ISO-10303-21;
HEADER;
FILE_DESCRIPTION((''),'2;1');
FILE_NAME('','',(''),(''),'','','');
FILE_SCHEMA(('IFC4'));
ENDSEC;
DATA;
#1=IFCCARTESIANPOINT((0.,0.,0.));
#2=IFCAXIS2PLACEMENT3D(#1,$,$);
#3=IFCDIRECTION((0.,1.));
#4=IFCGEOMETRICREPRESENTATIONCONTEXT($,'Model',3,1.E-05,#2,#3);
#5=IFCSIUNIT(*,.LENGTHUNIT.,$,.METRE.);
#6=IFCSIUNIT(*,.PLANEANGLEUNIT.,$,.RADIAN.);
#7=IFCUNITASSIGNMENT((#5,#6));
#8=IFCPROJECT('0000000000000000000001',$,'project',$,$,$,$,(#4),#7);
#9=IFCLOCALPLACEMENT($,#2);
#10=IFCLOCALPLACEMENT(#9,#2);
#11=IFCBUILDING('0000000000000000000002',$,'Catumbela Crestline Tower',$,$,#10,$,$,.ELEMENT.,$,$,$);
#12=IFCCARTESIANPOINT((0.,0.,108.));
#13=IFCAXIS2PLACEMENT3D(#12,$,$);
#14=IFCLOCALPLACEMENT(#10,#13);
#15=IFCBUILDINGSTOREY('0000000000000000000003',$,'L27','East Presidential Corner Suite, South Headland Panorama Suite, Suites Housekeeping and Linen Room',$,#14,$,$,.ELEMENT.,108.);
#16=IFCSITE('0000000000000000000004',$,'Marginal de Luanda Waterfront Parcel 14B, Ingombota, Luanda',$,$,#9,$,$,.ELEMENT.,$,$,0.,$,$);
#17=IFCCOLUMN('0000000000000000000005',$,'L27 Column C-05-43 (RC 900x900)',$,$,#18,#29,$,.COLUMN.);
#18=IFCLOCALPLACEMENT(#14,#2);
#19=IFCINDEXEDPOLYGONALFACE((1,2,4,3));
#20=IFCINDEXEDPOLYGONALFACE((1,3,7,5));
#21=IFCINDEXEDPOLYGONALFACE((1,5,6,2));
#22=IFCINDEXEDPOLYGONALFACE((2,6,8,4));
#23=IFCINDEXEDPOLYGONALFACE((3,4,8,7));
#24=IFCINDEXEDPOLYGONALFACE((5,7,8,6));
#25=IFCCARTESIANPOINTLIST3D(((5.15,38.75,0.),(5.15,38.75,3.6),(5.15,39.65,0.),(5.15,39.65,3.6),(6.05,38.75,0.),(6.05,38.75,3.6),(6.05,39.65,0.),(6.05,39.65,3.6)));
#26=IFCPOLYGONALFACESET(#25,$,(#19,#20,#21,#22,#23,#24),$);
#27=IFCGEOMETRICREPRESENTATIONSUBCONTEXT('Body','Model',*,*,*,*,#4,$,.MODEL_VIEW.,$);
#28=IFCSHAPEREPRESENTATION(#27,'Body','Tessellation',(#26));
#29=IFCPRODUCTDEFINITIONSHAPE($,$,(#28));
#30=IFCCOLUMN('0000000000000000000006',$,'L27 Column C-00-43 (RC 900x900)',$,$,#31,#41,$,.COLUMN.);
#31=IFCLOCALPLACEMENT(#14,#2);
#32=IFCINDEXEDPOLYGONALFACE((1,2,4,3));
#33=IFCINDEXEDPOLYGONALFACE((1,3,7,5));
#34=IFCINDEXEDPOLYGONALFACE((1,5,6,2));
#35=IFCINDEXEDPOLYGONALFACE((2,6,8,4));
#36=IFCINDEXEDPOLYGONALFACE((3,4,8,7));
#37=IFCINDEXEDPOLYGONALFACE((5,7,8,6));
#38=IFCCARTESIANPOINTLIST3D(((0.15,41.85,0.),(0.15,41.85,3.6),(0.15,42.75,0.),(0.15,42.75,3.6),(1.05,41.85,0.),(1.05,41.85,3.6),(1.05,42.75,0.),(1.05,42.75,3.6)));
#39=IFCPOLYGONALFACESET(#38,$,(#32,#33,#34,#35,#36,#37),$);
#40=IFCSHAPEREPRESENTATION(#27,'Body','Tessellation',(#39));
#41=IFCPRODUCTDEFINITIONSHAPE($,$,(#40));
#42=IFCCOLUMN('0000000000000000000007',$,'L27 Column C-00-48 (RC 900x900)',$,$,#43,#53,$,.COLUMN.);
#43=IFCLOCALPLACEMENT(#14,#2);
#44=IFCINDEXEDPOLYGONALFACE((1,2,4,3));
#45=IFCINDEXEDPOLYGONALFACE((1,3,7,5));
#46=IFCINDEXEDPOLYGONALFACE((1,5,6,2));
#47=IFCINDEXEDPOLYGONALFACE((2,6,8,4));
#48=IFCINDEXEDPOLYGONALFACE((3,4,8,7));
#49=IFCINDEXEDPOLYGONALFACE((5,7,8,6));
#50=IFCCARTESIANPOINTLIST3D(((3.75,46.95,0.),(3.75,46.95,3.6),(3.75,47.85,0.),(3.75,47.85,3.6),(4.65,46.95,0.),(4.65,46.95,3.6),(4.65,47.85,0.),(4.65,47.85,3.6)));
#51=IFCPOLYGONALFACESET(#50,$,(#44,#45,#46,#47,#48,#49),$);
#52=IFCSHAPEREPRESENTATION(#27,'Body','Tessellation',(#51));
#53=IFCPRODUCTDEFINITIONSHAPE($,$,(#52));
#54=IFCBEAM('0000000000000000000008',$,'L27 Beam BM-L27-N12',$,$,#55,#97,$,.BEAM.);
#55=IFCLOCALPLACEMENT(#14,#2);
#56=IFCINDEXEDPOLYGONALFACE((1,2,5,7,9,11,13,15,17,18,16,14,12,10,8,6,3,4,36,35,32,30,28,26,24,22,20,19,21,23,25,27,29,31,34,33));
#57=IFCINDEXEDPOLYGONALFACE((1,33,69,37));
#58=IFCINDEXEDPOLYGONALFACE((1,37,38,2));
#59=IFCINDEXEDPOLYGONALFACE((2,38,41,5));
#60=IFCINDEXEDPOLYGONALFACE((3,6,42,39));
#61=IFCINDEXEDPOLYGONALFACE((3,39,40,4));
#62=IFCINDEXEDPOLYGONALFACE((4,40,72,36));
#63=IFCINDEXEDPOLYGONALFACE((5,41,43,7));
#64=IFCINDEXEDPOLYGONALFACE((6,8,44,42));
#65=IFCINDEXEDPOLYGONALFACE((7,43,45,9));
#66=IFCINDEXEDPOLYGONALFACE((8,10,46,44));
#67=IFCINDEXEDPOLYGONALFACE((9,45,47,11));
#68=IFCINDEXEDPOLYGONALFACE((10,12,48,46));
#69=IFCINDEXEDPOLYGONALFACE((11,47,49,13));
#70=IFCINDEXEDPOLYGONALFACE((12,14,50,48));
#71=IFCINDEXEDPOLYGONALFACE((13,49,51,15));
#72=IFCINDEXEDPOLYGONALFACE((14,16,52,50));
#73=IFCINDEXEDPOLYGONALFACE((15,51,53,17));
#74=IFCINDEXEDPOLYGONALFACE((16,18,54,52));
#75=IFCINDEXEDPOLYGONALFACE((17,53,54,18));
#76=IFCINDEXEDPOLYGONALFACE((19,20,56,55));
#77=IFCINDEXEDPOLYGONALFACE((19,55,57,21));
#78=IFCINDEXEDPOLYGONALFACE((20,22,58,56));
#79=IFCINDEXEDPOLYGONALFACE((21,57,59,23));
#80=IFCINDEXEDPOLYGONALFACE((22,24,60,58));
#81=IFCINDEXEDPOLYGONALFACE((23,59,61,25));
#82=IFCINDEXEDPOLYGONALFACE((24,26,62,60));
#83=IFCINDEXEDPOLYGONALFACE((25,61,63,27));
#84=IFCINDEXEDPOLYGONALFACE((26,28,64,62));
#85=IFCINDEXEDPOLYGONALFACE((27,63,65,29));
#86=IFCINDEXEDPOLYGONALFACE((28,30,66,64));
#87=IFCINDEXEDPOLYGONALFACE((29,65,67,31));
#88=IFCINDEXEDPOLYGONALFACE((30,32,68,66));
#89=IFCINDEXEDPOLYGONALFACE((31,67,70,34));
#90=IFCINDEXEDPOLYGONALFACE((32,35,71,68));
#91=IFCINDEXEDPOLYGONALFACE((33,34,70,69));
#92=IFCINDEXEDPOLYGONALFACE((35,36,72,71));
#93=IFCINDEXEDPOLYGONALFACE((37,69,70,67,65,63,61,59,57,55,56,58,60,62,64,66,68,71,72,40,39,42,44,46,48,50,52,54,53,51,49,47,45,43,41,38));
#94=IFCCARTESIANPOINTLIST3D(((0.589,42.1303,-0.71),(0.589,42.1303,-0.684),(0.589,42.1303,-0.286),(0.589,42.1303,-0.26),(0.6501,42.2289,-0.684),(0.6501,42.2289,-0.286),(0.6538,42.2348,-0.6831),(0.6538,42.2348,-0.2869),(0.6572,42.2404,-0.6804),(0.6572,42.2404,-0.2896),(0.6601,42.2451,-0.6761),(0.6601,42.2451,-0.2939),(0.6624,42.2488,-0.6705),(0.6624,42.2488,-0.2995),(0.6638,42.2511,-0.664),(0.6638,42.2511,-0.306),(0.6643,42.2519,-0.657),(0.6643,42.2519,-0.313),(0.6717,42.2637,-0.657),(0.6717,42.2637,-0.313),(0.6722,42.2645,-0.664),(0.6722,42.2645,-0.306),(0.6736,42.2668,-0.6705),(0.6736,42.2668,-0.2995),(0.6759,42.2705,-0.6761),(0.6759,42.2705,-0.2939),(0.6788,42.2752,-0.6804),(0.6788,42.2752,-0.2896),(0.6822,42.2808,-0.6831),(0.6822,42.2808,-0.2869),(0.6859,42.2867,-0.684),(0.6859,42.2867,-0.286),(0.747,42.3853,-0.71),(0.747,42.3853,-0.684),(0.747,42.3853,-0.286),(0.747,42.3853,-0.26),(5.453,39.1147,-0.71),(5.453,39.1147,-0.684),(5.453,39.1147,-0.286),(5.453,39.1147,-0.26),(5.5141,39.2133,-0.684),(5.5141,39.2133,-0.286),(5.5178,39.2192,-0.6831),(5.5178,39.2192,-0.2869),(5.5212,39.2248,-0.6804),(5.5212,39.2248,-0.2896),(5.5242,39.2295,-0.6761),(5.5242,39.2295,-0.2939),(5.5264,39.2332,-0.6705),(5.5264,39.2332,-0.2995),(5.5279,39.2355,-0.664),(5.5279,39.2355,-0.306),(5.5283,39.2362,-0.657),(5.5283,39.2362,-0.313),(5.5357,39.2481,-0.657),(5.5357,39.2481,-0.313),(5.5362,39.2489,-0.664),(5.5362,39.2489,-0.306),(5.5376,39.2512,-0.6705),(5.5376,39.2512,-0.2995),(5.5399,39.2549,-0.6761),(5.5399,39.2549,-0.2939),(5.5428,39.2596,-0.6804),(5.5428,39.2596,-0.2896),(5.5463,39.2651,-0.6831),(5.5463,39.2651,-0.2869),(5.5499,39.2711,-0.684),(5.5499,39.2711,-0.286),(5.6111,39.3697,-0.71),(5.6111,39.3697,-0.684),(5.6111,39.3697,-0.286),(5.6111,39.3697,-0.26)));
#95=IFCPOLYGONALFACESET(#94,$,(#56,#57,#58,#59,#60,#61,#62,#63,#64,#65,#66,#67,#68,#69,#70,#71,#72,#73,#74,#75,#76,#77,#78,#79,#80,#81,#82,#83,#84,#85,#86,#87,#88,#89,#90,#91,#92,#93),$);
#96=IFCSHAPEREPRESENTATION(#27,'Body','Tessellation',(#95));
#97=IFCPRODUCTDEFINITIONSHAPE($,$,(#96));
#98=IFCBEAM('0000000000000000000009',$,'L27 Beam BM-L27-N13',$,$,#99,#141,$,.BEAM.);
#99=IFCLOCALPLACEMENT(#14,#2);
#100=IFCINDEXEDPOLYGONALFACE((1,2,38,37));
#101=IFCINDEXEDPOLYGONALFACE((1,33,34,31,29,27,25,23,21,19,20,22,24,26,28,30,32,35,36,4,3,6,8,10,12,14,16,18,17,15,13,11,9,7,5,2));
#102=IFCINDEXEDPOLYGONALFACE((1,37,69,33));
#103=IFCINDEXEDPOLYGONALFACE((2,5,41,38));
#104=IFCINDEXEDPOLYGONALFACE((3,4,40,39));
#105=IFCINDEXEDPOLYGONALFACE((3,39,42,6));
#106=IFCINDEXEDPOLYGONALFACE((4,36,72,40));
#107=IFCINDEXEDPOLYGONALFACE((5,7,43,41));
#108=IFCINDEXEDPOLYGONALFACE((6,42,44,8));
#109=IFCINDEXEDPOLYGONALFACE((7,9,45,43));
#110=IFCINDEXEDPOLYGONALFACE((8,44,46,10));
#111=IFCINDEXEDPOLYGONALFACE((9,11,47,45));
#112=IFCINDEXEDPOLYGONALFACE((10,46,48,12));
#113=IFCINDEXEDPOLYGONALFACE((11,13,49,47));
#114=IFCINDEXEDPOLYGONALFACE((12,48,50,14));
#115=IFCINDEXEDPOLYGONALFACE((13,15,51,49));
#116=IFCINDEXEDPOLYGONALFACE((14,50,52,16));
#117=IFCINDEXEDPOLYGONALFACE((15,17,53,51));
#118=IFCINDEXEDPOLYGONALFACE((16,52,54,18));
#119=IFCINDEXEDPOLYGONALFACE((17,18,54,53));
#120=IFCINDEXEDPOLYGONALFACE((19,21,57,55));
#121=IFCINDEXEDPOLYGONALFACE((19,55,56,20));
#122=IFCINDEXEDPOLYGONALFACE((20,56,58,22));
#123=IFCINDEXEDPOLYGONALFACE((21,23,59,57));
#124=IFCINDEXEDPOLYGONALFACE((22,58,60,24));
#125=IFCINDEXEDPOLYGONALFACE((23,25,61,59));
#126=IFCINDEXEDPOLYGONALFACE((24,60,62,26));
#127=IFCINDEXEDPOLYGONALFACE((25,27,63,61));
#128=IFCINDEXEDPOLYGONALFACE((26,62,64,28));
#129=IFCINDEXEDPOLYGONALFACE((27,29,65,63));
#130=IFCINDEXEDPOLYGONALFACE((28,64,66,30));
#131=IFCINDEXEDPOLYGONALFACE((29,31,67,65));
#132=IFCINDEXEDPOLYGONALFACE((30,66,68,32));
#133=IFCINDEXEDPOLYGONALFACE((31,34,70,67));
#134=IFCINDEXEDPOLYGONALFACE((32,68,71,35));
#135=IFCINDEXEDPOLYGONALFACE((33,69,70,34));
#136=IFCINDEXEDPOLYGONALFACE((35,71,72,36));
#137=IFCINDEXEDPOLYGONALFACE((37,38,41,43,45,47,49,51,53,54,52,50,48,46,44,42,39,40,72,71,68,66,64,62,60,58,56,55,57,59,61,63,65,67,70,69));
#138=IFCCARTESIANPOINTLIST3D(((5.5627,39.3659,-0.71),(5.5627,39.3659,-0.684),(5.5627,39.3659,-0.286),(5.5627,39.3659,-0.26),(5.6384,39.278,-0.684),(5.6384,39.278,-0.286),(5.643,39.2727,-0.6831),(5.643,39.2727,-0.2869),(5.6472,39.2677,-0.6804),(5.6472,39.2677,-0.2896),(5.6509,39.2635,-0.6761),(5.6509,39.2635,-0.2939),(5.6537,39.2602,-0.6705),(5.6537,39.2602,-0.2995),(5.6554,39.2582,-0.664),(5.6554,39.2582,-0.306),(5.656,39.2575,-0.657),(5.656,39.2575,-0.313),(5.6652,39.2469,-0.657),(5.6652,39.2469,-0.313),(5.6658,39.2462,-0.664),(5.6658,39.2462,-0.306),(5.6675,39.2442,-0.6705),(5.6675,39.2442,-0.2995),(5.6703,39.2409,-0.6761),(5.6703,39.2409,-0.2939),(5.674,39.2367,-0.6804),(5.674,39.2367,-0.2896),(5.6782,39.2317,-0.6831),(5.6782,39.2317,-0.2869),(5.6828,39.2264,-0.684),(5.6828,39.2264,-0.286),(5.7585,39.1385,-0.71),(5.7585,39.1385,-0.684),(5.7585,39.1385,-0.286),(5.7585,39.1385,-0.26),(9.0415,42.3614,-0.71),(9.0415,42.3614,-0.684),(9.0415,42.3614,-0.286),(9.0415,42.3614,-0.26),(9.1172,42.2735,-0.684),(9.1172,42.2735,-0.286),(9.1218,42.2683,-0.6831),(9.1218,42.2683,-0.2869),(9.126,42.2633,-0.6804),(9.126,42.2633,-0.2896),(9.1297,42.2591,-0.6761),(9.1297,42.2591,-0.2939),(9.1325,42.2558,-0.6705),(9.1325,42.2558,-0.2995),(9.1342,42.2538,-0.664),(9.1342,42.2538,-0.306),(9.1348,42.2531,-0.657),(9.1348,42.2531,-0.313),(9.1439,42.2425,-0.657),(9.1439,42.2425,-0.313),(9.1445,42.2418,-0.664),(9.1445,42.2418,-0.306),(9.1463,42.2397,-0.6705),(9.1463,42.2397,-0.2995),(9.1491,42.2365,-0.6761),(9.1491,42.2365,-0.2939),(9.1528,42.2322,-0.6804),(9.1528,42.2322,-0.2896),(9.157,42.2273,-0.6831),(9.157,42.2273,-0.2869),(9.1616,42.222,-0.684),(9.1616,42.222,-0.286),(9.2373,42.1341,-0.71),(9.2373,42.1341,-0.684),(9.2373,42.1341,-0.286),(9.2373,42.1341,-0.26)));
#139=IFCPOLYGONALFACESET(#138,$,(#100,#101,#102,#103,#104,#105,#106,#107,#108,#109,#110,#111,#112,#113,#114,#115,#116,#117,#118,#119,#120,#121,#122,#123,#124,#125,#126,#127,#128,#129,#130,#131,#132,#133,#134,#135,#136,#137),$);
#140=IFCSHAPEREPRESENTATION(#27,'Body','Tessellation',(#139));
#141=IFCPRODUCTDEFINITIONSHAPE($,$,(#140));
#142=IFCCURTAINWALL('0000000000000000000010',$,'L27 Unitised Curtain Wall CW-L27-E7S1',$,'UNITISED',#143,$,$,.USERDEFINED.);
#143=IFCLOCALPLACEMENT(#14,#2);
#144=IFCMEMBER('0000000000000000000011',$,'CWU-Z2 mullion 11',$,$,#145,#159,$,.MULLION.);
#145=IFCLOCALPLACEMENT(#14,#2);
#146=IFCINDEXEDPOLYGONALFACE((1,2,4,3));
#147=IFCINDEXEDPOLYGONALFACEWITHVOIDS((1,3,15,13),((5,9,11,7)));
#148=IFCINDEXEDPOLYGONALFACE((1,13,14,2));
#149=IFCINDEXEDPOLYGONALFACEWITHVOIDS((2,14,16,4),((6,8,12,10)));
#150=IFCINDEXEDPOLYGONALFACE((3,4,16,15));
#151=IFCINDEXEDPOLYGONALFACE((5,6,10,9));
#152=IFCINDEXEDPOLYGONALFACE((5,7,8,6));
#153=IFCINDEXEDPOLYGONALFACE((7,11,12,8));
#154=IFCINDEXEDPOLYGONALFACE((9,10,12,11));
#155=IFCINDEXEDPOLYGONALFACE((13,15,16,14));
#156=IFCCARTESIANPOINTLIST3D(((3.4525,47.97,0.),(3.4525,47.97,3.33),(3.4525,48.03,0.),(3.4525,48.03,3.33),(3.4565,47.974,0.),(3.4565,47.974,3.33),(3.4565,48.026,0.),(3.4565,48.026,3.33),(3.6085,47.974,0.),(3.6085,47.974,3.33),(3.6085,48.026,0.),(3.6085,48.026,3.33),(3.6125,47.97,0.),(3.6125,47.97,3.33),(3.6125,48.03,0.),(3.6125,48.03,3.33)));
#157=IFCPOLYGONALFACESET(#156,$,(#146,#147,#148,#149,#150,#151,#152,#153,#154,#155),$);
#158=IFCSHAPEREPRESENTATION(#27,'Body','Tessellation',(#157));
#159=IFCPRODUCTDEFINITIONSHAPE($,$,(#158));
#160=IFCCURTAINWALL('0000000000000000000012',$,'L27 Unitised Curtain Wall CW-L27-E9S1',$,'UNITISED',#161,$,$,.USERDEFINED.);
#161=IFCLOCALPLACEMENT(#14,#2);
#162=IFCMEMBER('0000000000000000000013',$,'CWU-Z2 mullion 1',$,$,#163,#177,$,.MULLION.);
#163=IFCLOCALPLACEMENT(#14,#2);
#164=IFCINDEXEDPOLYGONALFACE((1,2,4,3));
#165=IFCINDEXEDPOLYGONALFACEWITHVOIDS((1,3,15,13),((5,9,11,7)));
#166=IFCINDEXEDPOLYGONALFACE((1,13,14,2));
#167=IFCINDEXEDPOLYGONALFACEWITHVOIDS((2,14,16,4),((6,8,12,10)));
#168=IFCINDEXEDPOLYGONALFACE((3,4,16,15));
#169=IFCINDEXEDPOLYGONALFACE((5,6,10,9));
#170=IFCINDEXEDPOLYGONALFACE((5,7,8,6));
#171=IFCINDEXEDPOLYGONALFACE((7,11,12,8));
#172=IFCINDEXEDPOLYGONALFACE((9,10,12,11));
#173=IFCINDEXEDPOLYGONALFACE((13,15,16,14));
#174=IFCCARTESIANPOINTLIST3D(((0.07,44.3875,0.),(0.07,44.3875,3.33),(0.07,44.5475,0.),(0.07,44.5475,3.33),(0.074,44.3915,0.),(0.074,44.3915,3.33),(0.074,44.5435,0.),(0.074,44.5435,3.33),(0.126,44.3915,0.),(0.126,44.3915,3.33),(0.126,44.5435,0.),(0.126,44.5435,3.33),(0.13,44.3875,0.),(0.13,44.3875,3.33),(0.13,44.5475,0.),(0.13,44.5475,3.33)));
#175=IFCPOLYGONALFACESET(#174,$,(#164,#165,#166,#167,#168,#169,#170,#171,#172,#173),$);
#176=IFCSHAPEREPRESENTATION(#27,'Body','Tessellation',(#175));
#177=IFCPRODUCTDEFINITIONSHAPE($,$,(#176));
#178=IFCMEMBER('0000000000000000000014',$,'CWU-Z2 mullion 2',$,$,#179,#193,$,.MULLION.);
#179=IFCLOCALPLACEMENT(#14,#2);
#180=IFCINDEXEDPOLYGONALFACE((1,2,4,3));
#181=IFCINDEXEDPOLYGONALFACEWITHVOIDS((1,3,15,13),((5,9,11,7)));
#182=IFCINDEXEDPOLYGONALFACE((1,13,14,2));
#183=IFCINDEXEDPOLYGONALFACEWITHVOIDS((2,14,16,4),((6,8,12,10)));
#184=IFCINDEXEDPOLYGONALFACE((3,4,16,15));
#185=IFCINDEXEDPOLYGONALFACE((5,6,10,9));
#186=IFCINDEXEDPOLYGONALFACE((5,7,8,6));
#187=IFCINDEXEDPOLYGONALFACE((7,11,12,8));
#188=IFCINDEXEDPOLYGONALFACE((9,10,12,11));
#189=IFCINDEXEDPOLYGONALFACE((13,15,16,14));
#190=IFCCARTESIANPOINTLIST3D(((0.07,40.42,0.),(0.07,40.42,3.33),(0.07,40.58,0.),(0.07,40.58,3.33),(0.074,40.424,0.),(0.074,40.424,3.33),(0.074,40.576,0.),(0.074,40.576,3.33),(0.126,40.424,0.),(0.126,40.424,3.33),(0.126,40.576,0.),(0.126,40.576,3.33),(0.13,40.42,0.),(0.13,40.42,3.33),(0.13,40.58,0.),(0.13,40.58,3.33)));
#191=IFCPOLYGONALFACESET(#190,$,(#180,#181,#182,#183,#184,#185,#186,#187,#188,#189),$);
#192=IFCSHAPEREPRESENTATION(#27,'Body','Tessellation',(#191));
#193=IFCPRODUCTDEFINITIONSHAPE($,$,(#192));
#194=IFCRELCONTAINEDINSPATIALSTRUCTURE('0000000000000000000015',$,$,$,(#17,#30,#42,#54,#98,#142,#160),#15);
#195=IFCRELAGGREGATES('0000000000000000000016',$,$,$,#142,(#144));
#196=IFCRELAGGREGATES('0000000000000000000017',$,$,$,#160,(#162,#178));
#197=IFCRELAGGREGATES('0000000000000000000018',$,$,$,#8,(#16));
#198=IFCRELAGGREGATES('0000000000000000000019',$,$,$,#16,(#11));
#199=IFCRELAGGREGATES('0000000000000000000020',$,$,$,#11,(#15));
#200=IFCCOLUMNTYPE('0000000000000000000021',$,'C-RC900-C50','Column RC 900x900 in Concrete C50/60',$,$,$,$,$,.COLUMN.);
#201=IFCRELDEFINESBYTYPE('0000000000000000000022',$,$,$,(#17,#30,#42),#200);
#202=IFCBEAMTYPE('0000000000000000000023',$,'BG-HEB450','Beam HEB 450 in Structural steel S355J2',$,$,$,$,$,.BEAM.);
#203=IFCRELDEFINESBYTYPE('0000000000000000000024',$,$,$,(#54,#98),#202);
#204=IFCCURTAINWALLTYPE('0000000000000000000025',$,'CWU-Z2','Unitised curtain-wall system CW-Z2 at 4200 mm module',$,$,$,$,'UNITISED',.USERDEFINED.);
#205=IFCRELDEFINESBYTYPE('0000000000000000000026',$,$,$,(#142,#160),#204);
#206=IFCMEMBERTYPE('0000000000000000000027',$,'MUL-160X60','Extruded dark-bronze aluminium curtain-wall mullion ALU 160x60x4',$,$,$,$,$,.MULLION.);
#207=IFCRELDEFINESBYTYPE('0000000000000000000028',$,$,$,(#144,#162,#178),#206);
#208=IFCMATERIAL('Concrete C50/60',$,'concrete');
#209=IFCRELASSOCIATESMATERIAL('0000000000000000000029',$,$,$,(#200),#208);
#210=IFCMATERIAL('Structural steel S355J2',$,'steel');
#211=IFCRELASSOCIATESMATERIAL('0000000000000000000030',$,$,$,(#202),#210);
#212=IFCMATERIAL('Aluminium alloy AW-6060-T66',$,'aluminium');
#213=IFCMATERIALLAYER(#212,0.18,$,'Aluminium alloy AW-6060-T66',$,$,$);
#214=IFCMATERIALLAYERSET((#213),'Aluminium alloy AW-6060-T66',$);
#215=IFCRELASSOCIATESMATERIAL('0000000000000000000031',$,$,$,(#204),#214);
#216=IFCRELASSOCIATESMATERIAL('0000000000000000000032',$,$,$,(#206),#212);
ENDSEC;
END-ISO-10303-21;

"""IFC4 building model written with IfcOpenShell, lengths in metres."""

from ifc_helpers import new_model, si_unit, direction, frame, origin, origin_2d, place, context, subcontext, project, spatial, rectangle, hollow_rectangle, i_section, extrude, material, layer, layer_set, material_profile, profile_set, type_object, element, aggregate, save


model = new_model("IFC4")

# Units and contexts
model_context = context("Model", 3, precision=1e-05, world=origin(), true_north=direction((0.0, 1.0)))
body_context = subcontext(model_context, "Body", "Model", "MODEL_VIEW")
ifc_project = project(units=[si_unit("LENGTHUNIT", "METRE"), si_unit("PLANEANGLEUNIT", "RADIAN")], contexts=[model_context])

# Site, building, storey
site_placement = place(None, origin())
site = spatial("IfcSite", under=ifc_project, at=site_placement, Name="Marginal de Luanda Waterfront Parcel 14B, Ingombota, Luanda", CompositionType="ELEMENT", RefElevation=0.0)
building_placement = place(site_placement, origin())
building = spatial("IfcBuilding", under=site, at=building_placement, Name="Catumbela Crestline Tower", CompositionType="ELEMENT")
storey_placement = place(building_placement, frame((0.0, 0.0, 108.0)))
storey = spatial("IfcBuildingStorey", under=building, at=storey_placement, Name="L27", Description="East Presidential Corner Suite, South Headland Panorama Suite, Suites Housekeeping and Linen Room", CompositionType="ELEMENT", Elevation=108.0)

# Columns
ifc_material_1 = material(Name="Concrete C50/60", Category="concrete")
ifc_material_profile_1 = material_profile(ifc_material_1, rectangle(XDim=0.9, YDim=0.9, at=origin_2d()), Name="RC 900x900")
ifc_profile_set_1 = profile_set([ifc_material_profile_1], Name="Concrete C50/60")
column_type = type_object("IfcColumnType", Name="C-RC900-C50", Description="Column RC 900x900 in Concrete C50/60", PredefinedType="COLUMN", material=ifc_profile_set_1)
for number, where, z_axis, x_axis, name in (
    (1, (5.6, 39.2, 0.0), (0.0, 0.0, 1.0), (1.0, 0.0, 0.0), "L27 Column C-05-43 (RC 900x900)"),
    (2, (0.6, 42.3, 0.0), (0.0, 0.0, 1.0), (1.0, 0.0, 0.0), "L27 Column C-00-43 (RC 900x900)"),
    (3, (4.2, 47.4, 0.0), (0.0, 0.0, 1.0), (1.0, 0.0, 0.0), "L27 Column C-00-48 (RC 900x900)"),
):
    element("IfcColumn", number, at=place(storey_placement, frame(where, z_axis=z_axis, x_axis=x_axis)), inside=storey, type_object=column_type, Name=name, PredefinedType="COLUMN", context=body_context, shape_type="SweptSolid", body=[
        extrude(rectangle(XDim=0.9, YDim=0.9, at=origin_2d()), origin(), (0.0, 0.0, 1.0), 3.6),
    ])

# Beams
ifc_material_2 = material(Name="Structural steel S355J2", Category="steel")
ifc_material_profile_2 = material_profile(ifc_material_2, i_section(OverallWidth=0.3, OverallDepth=0.45, WebThickness=0.014, FlangeThickness=0.026, FilletRadius=0.027, at=origin_2d()), Name="HEB 450")
ifc_profile_set_2 = profile_set([ifc_material_profile_2], Name="Structural steel S355J2")
beam_type_1 = type_object("IfcBeamType", Name="BG-HEB450", Description="Beam HEB 450 in Structural steel S355J2", PredefinedType="BEAM", material=ifc_profile_set_2)
beam_1_placement = place(storey_placement, frame((0.668, 42.2578, -0.485), z_axis=(0.849909, -0.52693, 0.0), x_axis=(0.52693, 0.849909, 0.0)))
element("IfcBeam", 4, at=beam_1_placement, inside=storey, type_object=beam_type_1, Name="L27 Beam BM-L27-N12", PredefinedType="BEAM", context=body_context, shape_type="SweptSolid", body=[
    extrude(i_section(OverallWidth=0.3, OverallDepth=0.45, WebThickness=0.014, FlangeThickness=0.026, FilletRadius=0.027, at=origin_2d()), origin(), (0.0, 0.0, 1.0), 5.723),
])
beam_2_placement = place(storey_placement, frame((5.6606, 39.2522, -0.485), z_axis=(0.757772, 0.652519, 0.0), x_axis=(-0.652519, 0.757772, 0.0)))
element("IfcBeam", 5, at=beam_2_placement, inside=storey, type_object=beam_type_1, Name="L27 Beam BM-L27-N13", PredefinedType="BEAM", context=body_context, shape_type="SweptSolid", body=[
    extrude(i_section(OverallWidth=0.3, OverallDepth=0.45, WebThickness=0.014, FlangeThickness=0.026, FilletRadius=0.027, at=origin_2d()), origin(), (0.0, 0.0, 1.0), 4.5908),
])

# Curtain wall, member
ifc_material_3 = material(Name="Aluminium alloy AW-6060-T66", Category="aluminium")
ifc_layer_1 = layer(ifc_material_3, 0.18, Name="Aluminium alloy AW-6060-T66")
ifc_layer_set_1 = layer_set([ifc_layer_1], Name="Aluminium alloy AW-6060-T66")
curtain_wall_type = type_object("IfcCurtainWallType", Name="CWU-Z2", Description="Unitised curtain-wall system CW-Z2 at 4200 mm module", ElementType="UNITISED", PredefinedType="USERDEFINED", material=ifc_layer_set_1)
curtain_wall_1_placement = place(storey_placement, origin())
curtain_wall_1 = element("IfcCurtainWall", 6, at=curtain_wall_1_placement, inside=storey, type_object=curtain_wall_type, Name="L27 Unitised Curtain Wall CW-L27-E7S1", ObjectType="UNITISED", PredefinedType="USERDEFINED")
ifc_material_profile_3 = material_profile(ifc_material_3, hollow_rectangle(XDim=0.06, YDim=0.16, WallThickness=0.004, at=origin_2d()), Name="ALU 160x60x4")
ifc_profile_set_3 = profile_set([ifc_material_profile_3], Name="Aluminium alloy AW-6060-T66")
member_type_1 = type_object("IfcMemberType", Name="MUL-160X60", Description="Extruded dark-bronze aluminium curtain-wall mullion ALU 160x60x4", PredefinedType="MULLION", material=ifc_profile_set_3)
member_1_placement = place(storey_placement, frame((3.5325, 48.0, 0.0), z_axis=(0.0, 0.0, 1.0), x_axis=(0.0, -1.0, 0.0)))
member_1 = element("IfcMember", 7, at=member_1_placement, type_object=member_type_1, Name="CWU-Z2 mullion 11", PredefinedType="MULLION", context=body_context, shape_type="SweptSolid", body=[
    extrude(hollow_rectangle(XDim=0.06, YDim=0.16, WallThickness=0.004, at=origin_2d()), origin(), (0.0, 0.0, 1.0), 3.33),
])

# Curtain wall, members
curtain_wall_2_placement = place(storey_placement, origin())
curtain_wall_2 = element("IfcCurtainWall", 8, at=curtain_wall_2_placement, inside=storey, type_object=curtain_wall_type, Name="L27 Unitised Curtain Wall CW-L27-E9S1", ObjectType="UNITISED", PredefinedType="USERDEFINED")
member_2_placement = place(storey_placement, frame((0.1, 44.4675, 0.0), z_axis=(0.0, 0.0, 1.0), x_axis=(1.0, 0.0, 0.0)))
member_2 = element("IfcMember", 9, at=member_2_placement, type_object=member_type_1, Name="CWU-Z2 mullion 1", PredefinedType="MULLION", context=body_context, shape_type="SweptSolid", body=[
    extrude(hollow_rectangle(XDim=0.06, YDim=0.16, WallThickness=0.004, at=origin_2d()), origin(), (0.0, 0.0, 1.0), 3.33),
])
member_3_placement = place(storey_placement, frame((0.1, 40.5, 0.0), z_axis=(0.0, 0.0, 1.0), x_axis=(1.0, 0.0, 0.0)))
member_3 = element("IfcMember", 10, at=member_3_placement, type_object=member_type_1, Name="CWU-Z2 mullion 2", PredefinedType="MULLION", context=body_context, shape_type="SweptSolid", body=[
    extrude(hollow_rectangle(XDim=0.06, YDim=0.16, WallThickness=0.004, at=origin_2d()), origin(), (0.0, 0.0, 1.0), 3.33),
])

aggregate(curtain_wall_1, [member_1])
aggregate(curtain_wall_2, [member_2, member_3])

save(model, "model.ifc")
